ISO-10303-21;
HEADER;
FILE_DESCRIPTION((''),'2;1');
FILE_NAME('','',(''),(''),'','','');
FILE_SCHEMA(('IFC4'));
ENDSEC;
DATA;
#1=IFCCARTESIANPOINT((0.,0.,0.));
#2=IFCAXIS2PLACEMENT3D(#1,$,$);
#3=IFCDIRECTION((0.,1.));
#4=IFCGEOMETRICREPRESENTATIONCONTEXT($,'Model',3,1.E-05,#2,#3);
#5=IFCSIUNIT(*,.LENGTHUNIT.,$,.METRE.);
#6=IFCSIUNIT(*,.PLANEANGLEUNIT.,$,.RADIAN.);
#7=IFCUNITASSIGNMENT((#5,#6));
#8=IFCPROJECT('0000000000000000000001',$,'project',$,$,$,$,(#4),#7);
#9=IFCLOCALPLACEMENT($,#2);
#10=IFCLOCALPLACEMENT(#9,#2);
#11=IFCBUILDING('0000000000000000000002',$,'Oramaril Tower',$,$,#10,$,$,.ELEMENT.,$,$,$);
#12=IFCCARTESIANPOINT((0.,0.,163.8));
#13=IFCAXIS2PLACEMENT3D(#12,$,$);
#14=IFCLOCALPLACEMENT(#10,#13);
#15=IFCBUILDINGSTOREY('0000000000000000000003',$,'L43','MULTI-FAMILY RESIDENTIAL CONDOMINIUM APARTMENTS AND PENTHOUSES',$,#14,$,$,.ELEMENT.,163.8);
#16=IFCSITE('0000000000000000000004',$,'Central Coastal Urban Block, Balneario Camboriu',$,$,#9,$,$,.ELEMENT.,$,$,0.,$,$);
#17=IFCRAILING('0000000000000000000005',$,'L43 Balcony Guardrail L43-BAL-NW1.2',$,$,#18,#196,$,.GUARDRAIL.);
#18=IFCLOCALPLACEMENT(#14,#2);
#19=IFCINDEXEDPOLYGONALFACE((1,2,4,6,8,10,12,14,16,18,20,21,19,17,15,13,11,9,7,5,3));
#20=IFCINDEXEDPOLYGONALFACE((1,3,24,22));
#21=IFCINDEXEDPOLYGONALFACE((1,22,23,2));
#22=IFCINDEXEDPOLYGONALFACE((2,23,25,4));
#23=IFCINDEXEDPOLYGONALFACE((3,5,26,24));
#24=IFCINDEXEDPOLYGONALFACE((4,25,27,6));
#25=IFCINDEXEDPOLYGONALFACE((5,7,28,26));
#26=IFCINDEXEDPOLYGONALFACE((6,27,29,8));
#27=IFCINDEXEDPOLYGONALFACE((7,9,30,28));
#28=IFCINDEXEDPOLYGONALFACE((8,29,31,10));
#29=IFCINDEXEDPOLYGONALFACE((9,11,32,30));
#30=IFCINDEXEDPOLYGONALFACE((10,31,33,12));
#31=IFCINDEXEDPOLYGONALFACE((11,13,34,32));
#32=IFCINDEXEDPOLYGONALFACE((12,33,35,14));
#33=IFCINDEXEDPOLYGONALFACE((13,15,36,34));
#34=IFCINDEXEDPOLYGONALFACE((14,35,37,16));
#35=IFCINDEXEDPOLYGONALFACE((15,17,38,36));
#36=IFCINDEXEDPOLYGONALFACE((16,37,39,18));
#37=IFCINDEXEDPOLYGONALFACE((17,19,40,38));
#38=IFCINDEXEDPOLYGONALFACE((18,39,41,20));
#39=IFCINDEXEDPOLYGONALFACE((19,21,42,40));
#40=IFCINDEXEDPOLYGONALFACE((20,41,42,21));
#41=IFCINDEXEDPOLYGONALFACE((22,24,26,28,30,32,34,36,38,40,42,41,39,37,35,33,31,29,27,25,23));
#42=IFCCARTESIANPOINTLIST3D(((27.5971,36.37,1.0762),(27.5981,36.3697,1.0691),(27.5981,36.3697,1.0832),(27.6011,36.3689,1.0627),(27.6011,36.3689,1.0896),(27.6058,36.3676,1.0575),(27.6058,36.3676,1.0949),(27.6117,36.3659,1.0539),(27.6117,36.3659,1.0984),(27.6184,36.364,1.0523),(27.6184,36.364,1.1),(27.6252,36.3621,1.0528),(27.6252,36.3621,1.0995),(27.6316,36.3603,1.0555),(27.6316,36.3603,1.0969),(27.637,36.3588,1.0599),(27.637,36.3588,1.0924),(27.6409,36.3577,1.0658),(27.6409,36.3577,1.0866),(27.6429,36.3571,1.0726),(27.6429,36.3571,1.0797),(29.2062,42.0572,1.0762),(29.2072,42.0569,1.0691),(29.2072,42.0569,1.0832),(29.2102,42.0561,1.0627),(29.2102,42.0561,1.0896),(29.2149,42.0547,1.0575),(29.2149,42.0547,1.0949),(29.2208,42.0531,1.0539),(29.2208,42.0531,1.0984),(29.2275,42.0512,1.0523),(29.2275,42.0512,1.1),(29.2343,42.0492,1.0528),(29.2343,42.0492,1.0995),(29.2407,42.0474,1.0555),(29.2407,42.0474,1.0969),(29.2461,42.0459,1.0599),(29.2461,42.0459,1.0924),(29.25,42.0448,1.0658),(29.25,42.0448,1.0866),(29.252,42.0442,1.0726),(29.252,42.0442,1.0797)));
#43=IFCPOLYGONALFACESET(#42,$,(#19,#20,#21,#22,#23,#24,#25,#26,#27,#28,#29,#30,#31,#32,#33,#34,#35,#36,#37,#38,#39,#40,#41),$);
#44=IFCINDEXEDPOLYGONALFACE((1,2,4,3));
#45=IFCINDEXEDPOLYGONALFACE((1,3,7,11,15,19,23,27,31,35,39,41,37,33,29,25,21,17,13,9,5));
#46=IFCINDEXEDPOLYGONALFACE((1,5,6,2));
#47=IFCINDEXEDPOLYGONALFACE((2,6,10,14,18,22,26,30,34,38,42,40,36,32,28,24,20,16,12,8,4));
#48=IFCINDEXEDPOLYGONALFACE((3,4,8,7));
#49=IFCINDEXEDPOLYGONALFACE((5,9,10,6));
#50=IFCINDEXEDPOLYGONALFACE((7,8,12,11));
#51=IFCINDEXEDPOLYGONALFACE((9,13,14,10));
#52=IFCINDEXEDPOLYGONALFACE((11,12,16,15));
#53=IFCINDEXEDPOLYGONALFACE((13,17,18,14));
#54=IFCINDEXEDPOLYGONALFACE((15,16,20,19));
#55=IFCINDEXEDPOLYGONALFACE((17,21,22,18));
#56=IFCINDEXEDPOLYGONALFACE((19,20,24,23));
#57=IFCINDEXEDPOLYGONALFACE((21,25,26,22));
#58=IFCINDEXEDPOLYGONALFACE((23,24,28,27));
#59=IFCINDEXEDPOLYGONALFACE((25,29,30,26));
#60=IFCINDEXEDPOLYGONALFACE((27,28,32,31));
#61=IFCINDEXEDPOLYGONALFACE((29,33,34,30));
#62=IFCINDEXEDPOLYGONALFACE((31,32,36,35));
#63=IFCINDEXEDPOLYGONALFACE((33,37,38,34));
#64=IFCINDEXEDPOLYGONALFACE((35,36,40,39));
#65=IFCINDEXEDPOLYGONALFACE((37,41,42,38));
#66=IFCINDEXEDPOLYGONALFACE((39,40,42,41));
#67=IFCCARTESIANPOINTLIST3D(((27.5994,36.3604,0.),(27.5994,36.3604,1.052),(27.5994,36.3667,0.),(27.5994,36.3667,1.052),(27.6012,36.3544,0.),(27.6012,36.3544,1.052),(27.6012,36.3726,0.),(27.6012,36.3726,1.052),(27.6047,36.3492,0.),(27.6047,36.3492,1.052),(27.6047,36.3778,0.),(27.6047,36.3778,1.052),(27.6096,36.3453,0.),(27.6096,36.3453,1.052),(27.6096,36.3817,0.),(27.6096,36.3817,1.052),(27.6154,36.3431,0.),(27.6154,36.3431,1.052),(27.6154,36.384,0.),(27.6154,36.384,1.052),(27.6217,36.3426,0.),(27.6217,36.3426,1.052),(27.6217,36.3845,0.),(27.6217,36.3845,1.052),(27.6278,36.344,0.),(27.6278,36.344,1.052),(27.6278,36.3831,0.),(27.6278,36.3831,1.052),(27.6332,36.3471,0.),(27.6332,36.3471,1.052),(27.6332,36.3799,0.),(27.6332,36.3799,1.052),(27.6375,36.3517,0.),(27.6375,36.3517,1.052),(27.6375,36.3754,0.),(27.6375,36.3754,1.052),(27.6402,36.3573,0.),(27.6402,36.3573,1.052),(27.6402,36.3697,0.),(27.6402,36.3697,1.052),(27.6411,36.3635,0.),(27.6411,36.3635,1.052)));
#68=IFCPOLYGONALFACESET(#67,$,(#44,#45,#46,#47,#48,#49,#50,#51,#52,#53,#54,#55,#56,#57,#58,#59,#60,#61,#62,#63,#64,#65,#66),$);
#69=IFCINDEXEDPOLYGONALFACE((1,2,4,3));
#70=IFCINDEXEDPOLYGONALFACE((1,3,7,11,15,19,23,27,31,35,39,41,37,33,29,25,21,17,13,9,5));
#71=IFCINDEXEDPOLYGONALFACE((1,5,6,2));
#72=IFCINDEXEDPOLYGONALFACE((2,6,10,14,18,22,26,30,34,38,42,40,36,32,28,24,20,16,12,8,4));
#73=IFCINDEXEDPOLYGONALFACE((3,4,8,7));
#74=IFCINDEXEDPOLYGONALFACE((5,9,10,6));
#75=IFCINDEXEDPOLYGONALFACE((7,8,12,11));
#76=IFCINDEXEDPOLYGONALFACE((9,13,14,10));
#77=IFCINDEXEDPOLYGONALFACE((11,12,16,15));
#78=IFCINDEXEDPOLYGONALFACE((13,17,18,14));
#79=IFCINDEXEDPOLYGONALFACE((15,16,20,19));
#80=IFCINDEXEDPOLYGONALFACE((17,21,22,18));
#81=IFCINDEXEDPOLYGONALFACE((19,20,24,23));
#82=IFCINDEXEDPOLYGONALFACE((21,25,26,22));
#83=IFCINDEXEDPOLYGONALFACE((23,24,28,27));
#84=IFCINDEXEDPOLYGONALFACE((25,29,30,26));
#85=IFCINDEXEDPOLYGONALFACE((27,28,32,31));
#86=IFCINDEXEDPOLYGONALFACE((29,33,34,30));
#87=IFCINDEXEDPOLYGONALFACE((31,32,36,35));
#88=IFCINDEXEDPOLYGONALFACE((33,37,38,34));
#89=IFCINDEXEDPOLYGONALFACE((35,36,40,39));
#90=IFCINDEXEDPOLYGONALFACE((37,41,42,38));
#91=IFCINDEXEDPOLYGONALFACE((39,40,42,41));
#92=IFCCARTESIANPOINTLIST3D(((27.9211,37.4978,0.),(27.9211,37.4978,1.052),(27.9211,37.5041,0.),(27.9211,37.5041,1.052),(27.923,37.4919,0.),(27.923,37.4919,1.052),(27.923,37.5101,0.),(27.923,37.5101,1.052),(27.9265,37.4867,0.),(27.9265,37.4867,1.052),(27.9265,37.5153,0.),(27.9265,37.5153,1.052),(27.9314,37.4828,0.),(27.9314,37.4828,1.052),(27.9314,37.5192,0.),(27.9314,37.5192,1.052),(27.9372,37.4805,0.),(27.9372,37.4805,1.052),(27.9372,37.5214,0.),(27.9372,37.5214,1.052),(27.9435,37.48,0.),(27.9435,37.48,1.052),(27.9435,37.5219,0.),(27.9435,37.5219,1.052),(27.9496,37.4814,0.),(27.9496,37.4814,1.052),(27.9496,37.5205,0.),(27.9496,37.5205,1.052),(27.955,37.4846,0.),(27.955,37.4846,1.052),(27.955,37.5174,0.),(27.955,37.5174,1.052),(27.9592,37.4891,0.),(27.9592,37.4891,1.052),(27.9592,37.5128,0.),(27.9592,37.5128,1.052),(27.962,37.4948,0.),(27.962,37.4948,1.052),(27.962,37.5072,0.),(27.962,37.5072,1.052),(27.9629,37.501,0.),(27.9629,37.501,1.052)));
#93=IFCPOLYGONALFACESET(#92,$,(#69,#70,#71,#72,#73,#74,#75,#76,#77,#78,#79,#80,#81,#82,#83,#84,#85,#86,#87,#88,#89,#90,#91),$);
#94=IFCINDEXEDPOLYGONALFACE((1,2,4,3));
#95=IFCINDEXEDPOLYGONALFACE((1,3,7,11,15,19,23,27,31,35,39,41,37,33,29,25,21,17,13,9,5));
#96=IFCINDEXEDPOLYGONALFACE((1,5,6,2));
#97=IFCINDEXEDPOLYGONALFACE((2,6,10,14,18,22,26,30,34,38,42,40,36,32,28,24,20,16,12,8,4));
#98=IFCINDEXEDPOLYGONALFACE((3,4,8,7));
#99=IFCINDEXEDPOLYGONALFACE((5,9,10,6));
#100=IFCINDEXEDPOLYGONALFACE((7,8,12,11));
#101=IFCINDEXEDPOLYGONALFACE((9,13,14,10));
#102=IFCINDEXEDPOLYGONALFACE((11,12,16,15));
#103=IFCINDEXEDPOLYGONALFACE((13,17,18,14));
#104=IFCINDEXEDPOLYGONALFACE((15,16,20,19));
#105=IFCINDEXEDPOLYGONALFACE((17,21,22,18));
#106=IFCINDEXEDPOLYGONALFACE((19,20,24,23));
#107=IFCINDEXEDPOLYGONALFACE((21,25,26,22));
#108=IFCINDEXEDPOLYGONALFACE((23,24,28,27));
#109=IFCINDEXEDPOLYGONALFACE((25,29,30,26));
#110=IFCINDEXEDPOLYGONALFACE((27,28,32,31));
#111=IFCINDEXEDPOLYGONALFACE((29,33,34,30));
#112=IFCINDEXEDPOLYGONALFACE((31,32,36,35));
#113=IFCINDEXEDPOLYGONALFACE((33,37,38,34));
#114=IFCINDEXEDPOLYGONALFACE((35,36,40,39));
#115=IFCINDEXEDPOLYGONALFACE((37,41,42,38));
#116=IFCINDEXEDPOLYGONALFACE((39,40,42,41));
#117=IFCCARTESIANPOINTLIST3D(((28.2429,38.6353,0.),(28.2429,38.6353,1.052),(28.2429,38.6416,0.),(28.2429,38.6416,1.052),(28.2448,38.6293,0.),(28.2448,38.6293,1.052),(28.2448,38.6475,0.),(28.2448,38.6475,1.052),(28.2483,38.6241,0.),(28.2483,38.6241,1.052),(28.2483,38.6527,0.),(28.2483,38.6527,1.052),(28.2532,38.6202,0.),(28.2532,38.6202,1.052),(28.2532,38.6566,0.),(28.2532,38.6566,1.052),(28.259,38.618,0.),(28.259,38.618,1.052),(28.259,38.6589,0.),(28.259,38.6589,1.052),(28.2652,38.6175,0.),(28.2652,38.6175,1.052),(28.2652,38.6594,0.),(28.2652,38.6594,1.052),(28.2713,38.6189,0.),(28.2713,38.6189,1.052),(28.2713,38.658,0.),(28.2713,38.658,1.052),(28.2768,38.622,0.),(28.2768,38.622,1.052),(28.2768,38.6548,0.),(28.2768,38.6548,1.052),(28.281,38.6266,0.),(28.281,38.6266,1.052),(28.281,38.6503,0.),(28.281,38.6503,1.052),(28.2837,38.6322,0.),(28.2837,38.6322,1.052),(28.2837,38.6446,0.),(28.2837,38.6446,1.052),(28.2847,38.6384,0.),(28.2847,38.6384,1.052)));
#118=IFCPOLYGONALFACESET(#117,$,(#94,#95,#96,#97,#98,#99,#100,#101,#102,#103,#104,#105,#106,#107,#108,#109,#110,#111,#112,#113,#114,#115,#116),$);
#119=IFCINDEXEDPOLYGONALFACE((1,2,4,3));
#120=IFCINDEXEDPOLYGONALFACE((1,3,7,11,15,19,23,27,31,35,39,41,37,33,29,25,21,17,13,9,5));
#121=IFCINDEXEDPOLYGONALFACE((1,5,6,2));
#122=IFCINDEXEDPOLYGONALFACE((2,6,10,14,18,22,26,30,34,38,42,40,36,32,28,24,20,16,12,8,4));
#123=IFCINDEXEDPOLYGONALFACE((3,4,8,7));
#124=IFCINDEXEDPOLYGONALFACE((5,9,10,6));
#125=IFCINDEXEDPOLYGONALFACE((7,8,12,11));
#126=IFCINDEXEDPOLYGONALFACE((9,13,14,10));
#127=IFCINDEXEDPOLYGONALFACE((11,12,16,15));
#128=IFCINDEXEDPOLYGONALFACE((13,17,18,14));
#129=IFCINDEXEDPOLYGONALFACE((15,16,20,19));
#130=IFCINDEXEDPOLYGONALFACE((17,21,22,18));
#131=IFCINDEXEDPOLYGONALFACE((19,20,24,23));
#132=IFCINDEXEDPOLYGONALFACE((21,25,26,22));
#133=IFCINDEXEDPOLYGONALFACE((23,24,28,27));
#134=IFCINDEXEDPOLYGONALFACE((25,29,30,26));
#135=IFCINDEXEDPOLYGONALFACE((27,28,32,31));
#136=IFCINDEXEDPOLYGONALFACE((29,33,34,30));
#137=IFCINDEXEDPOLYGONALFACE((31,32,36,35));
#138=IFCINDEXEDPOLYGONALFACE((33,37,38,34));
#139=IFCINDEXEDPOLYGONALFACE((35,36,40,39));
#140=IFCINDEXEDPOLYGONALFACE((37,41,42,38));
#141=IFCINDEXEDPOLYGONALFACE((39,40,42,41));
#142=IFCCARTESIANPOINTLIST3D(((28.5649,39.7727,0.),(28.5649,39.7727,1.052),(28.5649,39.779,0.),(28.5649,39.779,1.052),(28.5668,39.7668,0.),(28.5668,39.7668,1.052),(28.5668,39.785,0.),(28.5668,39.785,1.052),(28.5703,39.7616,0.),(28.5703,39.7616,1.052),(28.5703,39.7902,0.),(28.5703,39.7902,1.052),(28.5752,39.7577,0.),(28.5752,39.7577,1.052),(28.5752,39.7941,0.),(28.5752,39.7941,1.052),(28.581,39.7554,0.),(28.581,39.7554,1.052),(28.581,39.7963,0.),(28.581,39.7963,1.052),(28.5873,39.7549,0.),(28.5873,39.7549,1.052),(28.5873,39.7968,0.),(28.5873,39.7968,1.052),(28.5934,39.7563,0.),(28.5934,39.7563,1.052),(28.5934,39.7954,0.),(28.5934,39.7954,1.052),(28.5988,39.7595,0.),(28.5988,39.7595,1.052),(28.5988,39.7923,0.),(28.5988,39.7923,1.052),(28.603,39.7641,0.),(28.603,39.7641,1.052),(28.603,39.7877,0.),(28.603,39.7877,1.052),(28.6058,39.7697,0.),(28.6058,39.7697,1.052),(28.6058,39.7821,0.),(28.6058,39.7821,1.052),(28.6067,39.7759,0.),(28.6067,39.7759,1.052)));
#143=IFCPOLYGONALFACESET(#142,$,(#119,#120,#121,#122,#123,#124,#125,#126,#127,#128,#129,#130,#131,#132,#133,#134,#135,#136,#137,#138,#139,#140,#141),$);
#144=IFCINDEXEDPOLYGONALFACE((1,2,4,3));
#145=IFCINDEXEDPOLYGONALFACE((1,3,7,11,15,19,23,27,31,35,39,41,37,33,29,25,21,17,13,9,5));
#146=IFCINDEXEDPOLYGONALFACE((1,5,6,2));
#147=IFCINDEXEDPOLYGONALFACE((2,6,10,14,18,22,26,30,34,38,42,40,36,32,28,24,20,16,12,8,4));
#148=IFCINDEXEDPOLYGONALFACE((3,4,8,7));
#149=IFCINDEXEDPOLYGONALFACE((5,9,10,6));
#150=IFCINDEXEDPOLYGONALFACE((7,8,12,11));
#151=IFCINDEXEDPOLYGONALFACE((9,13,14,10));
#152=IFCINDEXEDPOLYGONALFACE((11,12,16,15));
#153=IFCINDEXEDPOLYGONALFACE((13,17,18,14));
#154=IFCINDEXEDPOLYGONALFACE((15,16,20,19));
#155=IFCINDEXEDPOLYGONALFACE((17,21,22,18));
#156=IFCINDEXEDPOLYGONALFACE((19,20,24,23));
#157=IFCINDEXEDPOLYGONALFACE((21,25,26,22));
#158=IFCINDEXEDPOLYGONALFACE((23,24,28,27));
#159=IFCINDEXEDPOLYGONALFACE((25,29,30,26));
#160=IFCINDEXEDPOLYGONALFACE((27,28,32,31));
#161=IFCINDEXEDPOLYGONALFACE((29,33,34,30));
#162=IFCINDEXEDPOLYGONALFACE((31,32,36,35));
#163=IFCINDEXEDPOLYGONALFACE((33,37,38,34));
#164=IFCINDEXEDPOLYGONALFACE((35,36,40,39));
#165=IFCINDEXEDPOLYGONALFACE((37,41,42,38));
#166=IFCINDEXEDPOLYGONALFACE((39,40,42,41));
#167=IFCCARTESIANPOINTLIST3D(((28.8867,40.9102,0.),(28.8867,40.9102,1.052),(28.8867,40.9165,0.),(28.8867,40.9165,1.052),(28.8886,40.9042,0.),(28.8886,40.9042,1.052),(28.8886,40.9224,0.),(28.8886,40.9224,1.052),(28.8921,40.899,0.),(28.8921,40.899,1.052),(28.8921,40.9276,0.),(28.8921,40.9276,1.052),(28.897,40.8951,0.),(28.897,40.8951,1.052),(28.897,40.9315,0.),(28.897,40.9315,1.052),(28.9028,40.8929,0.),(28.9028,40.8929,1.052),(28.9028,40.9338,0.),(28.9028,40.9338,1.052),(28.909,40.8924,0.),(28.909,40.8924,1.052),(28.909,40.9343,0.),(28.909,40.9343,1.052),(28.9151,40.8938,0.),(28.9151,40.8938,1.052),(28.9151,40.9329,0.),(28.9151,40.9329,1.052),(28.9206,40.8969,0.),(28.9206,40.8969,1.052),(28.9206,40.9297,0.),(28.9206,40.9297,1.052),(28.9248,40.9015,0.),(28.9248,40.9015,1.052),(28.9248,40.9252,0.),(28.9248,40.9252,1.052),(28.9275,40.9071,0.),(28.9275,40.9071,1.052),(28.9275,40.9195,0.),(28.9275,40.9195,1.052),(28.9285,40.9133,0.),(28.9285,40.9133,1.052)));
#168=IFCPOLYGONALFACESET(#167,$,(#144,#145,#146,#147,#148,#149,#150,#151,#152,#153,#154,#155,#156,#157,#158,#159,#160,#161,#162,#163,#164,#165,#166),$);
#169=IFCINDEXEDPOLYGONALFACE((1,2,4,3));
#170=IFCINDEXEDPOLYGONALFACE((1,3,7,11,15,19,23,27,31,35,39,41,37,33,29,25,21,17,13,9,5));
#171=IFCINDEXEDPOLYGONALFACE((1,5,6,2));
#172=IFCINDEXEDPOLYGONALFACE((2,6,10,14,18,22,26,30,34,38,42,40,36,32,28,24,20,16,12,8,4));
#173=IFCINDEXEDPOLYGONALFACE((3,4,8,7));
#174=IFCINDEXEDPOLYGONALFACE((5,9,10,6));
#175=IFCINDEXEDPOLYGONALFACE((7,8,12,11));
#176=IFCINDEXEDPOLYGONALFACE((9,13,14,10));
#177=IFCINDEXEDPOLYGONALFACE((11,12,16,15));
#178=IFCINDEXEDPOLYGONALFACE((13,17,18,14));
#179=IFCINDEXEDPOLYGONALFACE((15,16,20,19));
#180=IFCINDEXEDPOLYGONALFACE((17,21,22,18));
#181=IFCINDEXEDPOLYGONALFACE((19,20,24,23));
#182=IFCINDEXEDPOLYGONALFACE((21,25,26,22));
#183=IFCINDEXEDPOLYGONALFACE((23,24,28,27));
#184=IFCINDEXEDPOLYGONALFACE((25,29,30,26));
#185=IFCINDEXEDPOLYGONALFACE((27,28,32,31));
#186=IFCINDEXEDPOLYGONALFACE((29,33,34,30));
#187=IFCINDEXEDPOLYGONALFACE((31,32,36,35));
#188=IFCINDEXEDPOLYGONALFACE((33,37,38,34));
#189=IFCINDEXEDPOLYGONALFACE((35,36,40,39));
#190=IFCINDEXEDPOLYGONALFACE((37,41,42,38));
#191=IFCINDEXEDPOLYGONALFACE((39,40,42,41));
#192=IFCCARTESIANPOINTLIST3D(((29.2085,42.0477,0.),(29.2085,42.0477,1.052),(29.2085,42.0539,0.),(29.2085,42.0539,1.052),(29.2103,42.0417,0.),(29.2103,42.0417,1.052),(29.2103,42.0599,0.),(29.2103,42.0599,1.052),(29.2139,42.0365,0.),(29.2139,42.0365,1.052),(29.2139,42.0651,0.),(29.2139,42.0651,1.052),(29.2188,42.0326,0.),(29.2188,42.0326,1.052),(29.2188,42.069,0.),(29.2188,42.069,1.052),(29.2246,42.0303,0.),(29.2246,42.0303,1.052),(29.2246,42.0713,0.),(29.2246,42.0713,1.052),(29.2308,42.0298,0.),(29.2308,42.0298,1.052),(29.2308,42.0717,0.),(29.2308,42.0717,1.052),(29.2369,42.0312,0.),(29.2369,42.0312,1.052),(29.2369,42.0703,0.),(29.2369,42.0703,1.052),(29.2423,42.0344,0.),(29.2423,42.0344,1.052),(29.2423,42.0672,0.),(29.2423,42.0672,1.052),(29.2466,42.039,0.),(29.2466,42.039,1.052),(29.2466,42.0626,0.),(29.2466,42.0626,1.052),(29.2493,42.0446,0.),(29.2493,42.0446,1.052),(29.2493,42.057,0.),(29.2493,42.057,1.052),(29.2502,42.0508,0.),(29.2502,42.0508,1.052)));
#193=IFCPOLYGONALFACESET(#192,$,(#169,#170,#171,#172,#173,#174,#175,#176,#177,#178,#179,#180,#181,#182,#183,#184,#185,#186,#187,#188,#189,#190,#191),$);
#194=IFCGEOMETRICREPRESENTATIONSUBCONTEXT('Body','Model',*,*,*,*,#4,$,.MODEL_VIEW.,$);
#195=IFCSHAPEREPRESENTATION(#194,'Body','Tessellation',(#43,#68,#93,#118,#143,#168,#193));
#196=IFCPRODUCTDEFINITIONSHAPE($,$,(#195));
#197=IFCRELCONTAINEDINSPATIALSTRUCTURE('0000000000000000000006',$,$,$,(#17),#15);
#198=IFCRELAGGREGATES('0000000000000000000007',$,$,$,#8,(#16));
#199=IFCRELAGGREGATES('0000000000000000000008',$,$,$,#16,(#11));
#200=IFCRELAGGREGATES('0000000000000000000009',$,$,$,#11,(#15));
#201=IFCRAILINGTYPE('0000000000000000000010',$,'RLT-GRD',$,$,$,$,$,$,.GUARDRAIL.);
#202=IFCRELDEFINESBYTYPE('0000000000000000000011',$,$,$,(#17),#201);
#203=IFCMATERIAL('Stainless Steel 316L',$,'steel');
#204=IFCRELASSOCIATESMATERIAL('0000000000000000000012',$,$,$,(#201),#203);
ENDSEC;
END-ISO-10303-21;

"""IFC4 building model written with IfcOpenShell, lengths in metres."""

from ifc_helpers import new_model, si_unit, direction, frame, origin, origin_2d, place, context, subcontext, project, spatial, circle, extrude, material, type_object, element, save


model = new_model("IFC4")

# Units and contexts
model_context = context("Model", 3, precision=1e-05, world=origin(), true_north=direction((0.0, 1.0)))
body_context = subcontext(model_context, "Body", "Model", "MODEL_VIEW")
ifc_project = project(units=[si_unit("LENGTHUNIT", "METRE"), si_unit("PLANEANGLEUNIT", "RADIAN")], contexts=[model_context])

# Site, building, storey
site_placement = place(None, origin())
site = spatial("IfcSite", under=ifc_project, at=site_placement, Name="Central Coastal Urban Block, Balneario Camboriu", CompositionType="ELEMENT", RefElevation=0.0)
building_placement = place(site_placement, origin())
building = spatial("IfcBuilding", under=site, at=building_placement, Name="Oramaril Tower", CompositionType="ELEMENT")
storey_placement = place(building_placement, frame((0.0, 0.0, 163.8)))
storey = spatial("IfcBuildingStorey", under=building, at=storey_placement, Name="L43", Description="MULTI-FAMILY RESIDENTIAL CONDOMINIUM APARTMENTS AND PENTHOUSES", CompositionType="ELEMENT", Elevation=163.8)

# Railing
ifc_material_1 = material(Name="Stainless Steel 316L", Category="steel")
railing_type = type_object("IfcRailingType", Name="RLT-GRD", PredefinedType="GUARDRAIL", material=ifc_material_1)
railing_1_placement = place(storey_placement, frame((27.6201, 36.3635, 0.0)))
element("IfcRailing", 1, at=railing_1_placement, inside=storey, type_object=railing_type, Name="L43 Balcony Guardrail L43-BAL-NW1.2", PredefinedType="GUARDRAIL", context=body_context, shape_type="SweptSolid", body=[
    extrude(circle(Radius=0.0239, at=origin_2d()), frame((0.0, 0.0, 1.0762), z_axis=(0.272249, 0.962227, 0.0), x_axis=(-0.962227, 0.272249, 0.0)), (0.0, 0.0, 1.0), 5.9104),
    extrude(circle(Radius=0.021, at=origin_2d()), origin(), (0.0, 0.0, 1.0), 1.052),
    extrude(circle(Radius=0.021, at=origin_2d()), frame((0.3218, 1.1375, 0.0)), (0.0, 0.0, 1.0), 1.052),
    extrude(circle(Radius=0.021, at=origin_2d()), frame((0.6436, 2.2749, 0.0)), (0.0, 0.0, 1.0), 1.052),
    extrude(circle(Radius=0.021, at=origin_2d()), frame((0.9656, 3.4124, 0.0)), (0.0, 0.0, 1.0), 1.052),
    extrude(circle(Radius=0.021, at=origin_2d()), frame((1.2874, 4.5498, 0.0)), (0.0, 0.0, 1.0), 1.052),
    extrude(circle(Radius=0.021, at=origin_2d()), frame((1.6091, 5.6873, 0.0)), (0.0, 0.0, 1.0), 1.052),
])

save(model, "model.ifc")
